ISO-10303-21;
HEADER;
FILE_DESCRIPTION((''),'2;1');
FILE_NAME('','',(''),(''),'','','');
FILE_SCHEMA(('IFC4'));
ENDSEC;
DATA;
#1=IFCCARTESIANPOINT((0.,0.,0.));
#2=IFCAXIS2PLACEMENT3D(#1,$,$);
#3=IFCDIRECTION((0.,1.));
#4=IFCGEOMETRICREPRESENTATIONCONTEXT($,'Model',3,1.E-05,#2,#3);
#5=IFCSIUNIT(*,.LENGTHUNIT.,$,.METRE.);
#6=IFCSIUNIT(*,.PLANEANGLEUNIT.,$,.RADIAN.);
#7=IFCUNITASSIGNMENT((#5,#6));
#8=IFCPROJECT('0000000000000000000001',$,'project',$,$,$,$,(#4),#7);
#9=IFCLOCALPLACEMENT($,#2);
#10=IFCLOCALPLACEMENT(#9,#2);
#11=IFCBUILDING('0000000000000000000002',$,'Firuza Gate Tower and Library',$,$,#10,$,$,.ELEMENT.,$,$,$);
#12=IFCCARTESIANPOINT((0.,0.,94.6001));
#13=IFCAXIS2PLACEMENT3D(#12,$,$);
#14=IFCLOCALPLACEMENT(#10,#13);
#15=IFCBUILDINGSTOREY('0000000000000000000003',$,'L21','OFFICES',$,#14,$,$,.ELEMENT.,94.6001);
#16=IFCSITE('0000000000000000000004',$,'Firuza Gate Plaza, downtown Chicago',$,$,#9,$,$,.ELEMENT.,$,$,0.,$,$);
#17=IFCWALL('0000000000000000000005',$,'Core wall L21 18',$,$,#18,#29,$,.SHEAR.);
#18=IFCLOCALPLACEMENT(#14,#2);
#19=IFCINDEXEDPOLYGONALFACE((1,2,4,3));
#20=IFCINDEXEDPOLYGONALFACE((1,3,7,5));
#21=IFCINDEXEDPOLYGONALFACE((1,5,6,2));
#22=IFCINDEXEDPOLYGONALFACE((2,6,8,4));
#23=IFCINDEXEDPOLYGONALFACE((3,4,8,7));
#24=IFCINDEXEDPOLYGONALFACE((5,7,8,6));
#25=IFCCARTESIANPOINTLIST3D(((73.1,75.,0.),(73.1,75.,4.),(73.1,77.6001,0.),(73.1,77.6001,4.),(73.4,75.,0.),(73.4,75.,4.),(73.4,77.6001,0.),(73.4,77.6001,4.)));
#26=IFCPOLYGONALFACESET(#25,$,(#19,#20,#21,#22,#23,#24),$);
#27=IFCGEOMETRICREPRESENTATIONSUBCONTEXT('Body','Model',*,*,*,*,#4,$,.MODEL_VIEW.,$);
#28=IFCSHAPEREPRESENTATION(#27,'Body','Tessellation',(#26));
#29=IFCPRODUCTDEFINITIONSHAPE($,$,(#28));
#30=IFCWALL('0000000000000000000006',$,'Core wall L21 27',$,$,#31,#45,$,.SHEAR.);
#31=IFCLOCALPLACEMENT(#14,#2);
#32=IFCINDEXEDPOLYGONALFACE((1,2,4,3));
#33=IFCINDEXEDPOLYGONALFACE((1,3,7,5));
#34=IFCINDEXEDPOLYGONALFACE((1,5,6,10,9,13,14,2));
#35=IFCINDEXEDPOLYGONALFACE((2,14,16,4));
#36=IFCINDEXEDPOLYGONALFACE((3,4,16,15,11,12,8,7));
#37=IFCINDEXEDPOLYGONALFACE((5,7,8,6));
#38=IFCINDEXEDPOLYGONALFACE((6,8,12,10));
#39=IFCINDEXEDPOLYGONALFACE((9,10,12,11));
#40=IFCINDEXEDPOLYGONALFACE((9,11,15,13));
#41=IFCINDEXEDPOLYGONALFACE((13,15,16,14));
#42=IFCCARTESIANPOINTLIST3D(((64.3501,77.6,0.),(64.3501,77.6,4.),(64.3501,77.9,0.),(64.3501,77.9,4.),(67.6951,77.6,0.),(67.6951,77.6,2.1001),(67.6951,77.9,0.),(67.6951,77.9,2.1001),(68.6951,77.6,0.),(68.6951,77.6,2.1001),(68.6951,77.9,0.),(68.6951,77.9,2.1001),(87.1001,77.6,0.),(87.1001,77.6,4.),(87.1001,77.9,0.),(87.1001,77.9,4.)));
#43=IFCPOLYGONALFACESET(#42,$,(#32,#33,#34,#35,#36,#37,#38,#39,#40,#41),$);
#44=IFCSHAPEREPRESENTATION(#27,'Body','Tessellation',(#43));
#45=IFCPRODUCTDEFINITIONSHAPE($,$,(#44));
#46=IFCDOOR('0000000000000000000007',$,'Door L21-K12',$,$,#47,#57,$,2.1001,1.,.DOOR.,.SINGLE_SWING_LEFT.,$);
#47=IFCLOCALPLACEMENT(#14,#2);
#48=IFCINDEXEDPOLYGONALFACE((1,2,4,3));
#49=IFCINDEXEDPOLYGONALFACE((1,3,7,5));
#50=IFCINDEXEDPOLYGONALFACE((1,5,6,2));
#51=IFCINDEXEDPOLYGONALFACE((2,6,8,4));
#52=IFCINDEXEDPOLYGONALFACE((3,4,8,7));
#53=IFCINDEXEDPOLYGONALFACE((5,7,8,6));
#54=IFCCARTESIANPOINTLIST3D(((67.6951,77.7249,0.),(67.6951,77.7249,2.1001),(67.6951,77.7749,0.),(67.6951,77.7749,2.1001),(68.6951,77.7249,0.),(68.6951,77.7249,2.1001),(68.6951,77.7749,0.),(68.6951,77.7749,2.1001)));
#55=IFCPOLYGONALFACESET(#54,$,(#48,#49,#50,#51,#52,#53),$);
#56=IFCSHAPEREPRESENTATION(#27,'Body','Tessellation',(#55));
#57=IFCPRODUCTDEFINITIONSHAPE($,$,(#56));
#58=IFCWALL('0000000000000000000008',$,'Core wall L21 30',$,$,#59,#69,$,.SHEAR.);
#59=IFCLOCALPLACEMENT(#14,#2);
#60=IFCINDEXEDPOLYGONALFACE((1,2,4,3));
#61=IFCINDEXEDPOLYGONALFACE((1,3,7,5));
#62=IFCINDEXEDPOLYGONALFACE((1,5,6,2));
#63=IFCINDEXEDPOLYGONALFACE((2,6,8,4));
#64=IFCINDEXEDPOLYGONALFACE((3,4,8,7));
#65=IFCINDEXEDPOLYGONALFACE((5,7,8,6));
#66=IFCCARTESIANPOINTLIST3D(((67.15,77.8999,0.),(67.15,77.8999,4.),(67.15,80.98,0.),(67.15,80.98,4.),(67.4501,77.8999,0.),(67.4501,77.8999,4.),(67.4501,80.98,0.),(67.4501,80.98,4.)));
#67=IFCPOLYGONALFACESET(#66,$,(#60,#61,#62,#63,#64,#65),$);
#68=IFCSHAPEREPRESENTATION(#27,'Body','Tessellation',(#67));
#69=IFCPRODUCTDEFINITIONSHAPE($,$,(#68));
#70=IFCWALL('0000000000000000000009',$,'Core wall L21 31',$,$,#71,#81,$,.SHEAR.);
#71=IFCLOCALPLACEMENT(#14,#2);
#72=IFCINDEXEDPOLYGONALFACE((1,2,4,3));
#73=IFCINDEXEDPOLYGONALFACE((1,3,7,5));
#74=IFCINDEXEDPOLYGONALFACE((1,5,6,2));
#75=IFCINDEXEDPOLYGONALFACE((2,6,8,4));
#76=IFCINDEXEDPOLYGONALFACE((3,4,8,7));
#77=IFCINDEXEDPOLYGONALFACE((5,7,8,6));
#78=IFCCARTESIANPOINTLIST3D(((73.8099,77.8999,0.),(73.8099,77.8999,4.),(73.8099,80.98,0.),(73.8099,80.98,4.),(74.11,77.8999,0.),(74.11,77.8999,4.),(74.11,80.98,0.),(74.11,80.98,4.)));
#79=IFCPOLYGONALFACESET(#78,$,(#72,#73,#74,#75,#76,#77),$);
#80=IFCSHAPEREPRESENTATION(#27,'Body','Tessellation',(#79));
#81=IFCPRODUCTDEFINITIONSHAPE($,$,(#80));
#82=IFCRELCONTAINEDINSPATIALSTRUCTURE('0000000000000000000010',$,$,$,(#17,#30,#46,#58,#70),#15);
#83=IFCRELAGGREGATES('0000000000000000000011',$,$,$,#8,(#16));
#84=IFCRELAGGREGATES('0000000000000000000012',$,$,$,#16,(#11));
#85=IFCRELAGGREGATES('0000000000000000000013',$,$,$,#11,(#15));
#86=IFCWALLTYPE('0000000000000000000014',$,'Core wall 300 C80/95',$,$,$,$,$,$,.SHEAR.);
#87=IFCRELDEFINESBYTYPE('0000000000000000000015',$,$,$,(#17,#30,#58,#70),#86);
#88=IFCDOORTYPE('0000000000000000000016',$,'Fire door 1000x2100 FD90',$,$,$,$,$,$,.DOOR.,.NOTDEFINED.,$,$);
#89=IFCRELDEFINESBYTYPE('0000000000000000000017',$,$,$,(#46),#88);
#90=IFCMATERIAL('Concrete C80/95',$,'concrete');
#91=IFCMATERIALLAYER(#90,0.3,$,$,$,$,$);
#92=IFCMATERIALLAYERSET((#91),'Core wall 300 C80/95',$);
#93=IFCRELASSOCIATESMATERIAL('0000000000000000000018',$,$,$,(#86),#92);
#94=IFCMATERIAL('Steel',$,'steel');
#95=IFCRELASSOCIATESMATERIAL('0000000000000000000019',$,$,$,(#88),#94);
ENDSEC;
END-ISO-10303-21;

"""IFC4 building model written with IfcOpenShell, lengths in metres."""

from ifc_helpers import new_model, si_unit, direction, frame, frame_2d, origin, place, context, subcontext, project, spatial, rectangle, extrude, material, layer, layer_set, type_object, element, fill, save


model = new_model("IFC4")

# Units and contexts
model_context = context("Model", 3, precision=1e-05, world=origin(), true_north=direction((0.0, 1.0)))
body_context = subcontext(model_context, "Body", "Model", "MODEL_VIEW")
ifc_project = project(units=[si_unit("LENGTHUNIT", "METRE"), si_unit("PLANEANGLEUNIT", "RADIAN")], contexts=[model_context])

# Site, building, storey
site_placement = place(None, origin())
site = spatial("IfcSite", under=ifc_project, at=site_placement, Name="Firuza Gate Plaza, downtown Chicago", CompositionType="ELEMENT", RefElevation=0.0)
building_placement = place(site_placement, origin())
building = spatial("IfcBuilding", under=site, at=building_placement, Name="Firuza Gate Tower and Library", CompositionType="ELEMENT")
storey_placement = place(building_placement, frame((0.0, 0.0, 94.6001)))
storey = spatial("IfcBuildingStorey", under=building, at=storey_placement, Name="L21", Description="OFFICES", CompositionType="ELEMENT", Elevation=94.6001)

# Shared definitions
ifc_material_1 = material(Name="Concrete C80/95", Category="concrete")
ifc_layer_1 = layer(ifc_material_1, 0.3)
ifc_layer_set_1 = layer_set([ifc_layer_1], Name="Core wall 300 C80/95")
wall_type_1 = type_object("IfcWallType", Name="Core wall 300 C80/95", PredefinedType="SHEAR", material=ifc_layer_set_1)

# Wall
wall_1_placement = place(storey_placement, frame((73.25, 75.0, 0.0), z_axis=(0.0, 0.0, 1.0), x_axis=(0.0, 1.0, 0.0)))
element("IfcWall", 1, at=wall_1_placement, inside=storey, type_object=wall_type_1, Name="Core wall L21 18", PredefinedType="SHEAR", context=body_context, shape_type="SweptSolid", body=[
    extrude(rectangle(XDim=2.6001, YDim=0.3, at=frame_2d((1.3, 0.0))), origin(), (0.0, 0.0, 1.0), 4.0),
])

# Wall, opening, door
wall_2_placement = place(storey_placement, frame((64.3501, 77.75, 0.0), z_axis=(0.0, 0.0, 1.0), x_axis=(1.0, 0.0, 0.0)))
wall_2 = element("IfcWall", 2, at=wall_2_placement, inside=storey, type_object=wall_type_1, Name="Core wall L21 27", PredefinedType="SHEAR", context=body_context, shape_type="SweptSolid", body=[
    extrude(rectangle(XDim=22.75, YDim=0.3, at=frame_2d((11.375, 0.0))), origin(), (0.0, 0.0, 1.0), 4.0),
])
opening_1_placement = place(wall_2_placement, frame((3.345, 0.0, 0.0)))
opening_1 = element("IfcOpeningElement", 3, at=opening_1_placement, cuts=wall_2, PredefinedType="OPENING", context=body_context, shape_type="SweptSolid", body=[
    extrude(rectangle(XDim=1.0, YDim=2.1001, at=frame_2d((0.5, 1.05))), frame((0.0, 0.1602, 0.0), z_axis=(0.0, -1.0, 0.0), x_axis=(1.0, 0.0, 0.0)), (0.0, 0.0, 1.0), 0.3201),
])
ifc_material_2 = material(Name="Steel", Category="steel")
door_type_1 = type_object("IfcDoorType", Name="Fire door 1000x2100 FD90", OperationType="NOTDEFINED", PredefinedType="DOOR", material=ifc_material_2)
door_1_placement = place(opening_1_placement, origin())
door_1 = element("IfcDoor", 4, at=door_1_placement, inside=storey, type_object=door_type_1, Name="Door L21-K12", OperationType="SINGLE_SWING_LEFT", OverallHeight=2.1001, OverallWidth=1.0, PredefinedType="DOOR", context=body_context, shape_type="SweptSolid", body=[
    extrude(rectangle(XDim=1.0, YDim=2.1001, at=frame_2d((0.5, 1.05))), frame((0.0, 0.0249, 0.0), z_axis=(0.0, -1.0, 0.0), x_axis=(1.0, 0.0, 0.0)), (0.0, 0.0, 1.0), 0.05),
])
fill(opening_1, door_1)

# Walls
for number, where, z_axis, x_axis, name in (
    (5, (67.3, 77.8999, 0.0), (0.0, 0.0, 1.0), (0.0, 1.0, 0.0), "Core wall L21 30"),
    (6, (73.96, 77.8999, 0.0), (0.0, 0.0, 1.0), (0.0, 1.0, 0.0), "Core wall L21 31"),
):
    element("IfcWall", number, at=place(storey_placement, frame(where, z_axis=z_axis, x_axis=x_axis)), inside=storey, type_object=wall_type_1, Name=name, PredefinedType="SHEAR", context=body_context, shape_type="SweptSolid", body=[
        extrude(rectangle(XDim=3.0801, YDim=0.3, at=frame_2d((1.54, 0.0))), origin(), (0.0, 0.0, 1.0), 4.0),
    ])

save(model, "model.ifc")
